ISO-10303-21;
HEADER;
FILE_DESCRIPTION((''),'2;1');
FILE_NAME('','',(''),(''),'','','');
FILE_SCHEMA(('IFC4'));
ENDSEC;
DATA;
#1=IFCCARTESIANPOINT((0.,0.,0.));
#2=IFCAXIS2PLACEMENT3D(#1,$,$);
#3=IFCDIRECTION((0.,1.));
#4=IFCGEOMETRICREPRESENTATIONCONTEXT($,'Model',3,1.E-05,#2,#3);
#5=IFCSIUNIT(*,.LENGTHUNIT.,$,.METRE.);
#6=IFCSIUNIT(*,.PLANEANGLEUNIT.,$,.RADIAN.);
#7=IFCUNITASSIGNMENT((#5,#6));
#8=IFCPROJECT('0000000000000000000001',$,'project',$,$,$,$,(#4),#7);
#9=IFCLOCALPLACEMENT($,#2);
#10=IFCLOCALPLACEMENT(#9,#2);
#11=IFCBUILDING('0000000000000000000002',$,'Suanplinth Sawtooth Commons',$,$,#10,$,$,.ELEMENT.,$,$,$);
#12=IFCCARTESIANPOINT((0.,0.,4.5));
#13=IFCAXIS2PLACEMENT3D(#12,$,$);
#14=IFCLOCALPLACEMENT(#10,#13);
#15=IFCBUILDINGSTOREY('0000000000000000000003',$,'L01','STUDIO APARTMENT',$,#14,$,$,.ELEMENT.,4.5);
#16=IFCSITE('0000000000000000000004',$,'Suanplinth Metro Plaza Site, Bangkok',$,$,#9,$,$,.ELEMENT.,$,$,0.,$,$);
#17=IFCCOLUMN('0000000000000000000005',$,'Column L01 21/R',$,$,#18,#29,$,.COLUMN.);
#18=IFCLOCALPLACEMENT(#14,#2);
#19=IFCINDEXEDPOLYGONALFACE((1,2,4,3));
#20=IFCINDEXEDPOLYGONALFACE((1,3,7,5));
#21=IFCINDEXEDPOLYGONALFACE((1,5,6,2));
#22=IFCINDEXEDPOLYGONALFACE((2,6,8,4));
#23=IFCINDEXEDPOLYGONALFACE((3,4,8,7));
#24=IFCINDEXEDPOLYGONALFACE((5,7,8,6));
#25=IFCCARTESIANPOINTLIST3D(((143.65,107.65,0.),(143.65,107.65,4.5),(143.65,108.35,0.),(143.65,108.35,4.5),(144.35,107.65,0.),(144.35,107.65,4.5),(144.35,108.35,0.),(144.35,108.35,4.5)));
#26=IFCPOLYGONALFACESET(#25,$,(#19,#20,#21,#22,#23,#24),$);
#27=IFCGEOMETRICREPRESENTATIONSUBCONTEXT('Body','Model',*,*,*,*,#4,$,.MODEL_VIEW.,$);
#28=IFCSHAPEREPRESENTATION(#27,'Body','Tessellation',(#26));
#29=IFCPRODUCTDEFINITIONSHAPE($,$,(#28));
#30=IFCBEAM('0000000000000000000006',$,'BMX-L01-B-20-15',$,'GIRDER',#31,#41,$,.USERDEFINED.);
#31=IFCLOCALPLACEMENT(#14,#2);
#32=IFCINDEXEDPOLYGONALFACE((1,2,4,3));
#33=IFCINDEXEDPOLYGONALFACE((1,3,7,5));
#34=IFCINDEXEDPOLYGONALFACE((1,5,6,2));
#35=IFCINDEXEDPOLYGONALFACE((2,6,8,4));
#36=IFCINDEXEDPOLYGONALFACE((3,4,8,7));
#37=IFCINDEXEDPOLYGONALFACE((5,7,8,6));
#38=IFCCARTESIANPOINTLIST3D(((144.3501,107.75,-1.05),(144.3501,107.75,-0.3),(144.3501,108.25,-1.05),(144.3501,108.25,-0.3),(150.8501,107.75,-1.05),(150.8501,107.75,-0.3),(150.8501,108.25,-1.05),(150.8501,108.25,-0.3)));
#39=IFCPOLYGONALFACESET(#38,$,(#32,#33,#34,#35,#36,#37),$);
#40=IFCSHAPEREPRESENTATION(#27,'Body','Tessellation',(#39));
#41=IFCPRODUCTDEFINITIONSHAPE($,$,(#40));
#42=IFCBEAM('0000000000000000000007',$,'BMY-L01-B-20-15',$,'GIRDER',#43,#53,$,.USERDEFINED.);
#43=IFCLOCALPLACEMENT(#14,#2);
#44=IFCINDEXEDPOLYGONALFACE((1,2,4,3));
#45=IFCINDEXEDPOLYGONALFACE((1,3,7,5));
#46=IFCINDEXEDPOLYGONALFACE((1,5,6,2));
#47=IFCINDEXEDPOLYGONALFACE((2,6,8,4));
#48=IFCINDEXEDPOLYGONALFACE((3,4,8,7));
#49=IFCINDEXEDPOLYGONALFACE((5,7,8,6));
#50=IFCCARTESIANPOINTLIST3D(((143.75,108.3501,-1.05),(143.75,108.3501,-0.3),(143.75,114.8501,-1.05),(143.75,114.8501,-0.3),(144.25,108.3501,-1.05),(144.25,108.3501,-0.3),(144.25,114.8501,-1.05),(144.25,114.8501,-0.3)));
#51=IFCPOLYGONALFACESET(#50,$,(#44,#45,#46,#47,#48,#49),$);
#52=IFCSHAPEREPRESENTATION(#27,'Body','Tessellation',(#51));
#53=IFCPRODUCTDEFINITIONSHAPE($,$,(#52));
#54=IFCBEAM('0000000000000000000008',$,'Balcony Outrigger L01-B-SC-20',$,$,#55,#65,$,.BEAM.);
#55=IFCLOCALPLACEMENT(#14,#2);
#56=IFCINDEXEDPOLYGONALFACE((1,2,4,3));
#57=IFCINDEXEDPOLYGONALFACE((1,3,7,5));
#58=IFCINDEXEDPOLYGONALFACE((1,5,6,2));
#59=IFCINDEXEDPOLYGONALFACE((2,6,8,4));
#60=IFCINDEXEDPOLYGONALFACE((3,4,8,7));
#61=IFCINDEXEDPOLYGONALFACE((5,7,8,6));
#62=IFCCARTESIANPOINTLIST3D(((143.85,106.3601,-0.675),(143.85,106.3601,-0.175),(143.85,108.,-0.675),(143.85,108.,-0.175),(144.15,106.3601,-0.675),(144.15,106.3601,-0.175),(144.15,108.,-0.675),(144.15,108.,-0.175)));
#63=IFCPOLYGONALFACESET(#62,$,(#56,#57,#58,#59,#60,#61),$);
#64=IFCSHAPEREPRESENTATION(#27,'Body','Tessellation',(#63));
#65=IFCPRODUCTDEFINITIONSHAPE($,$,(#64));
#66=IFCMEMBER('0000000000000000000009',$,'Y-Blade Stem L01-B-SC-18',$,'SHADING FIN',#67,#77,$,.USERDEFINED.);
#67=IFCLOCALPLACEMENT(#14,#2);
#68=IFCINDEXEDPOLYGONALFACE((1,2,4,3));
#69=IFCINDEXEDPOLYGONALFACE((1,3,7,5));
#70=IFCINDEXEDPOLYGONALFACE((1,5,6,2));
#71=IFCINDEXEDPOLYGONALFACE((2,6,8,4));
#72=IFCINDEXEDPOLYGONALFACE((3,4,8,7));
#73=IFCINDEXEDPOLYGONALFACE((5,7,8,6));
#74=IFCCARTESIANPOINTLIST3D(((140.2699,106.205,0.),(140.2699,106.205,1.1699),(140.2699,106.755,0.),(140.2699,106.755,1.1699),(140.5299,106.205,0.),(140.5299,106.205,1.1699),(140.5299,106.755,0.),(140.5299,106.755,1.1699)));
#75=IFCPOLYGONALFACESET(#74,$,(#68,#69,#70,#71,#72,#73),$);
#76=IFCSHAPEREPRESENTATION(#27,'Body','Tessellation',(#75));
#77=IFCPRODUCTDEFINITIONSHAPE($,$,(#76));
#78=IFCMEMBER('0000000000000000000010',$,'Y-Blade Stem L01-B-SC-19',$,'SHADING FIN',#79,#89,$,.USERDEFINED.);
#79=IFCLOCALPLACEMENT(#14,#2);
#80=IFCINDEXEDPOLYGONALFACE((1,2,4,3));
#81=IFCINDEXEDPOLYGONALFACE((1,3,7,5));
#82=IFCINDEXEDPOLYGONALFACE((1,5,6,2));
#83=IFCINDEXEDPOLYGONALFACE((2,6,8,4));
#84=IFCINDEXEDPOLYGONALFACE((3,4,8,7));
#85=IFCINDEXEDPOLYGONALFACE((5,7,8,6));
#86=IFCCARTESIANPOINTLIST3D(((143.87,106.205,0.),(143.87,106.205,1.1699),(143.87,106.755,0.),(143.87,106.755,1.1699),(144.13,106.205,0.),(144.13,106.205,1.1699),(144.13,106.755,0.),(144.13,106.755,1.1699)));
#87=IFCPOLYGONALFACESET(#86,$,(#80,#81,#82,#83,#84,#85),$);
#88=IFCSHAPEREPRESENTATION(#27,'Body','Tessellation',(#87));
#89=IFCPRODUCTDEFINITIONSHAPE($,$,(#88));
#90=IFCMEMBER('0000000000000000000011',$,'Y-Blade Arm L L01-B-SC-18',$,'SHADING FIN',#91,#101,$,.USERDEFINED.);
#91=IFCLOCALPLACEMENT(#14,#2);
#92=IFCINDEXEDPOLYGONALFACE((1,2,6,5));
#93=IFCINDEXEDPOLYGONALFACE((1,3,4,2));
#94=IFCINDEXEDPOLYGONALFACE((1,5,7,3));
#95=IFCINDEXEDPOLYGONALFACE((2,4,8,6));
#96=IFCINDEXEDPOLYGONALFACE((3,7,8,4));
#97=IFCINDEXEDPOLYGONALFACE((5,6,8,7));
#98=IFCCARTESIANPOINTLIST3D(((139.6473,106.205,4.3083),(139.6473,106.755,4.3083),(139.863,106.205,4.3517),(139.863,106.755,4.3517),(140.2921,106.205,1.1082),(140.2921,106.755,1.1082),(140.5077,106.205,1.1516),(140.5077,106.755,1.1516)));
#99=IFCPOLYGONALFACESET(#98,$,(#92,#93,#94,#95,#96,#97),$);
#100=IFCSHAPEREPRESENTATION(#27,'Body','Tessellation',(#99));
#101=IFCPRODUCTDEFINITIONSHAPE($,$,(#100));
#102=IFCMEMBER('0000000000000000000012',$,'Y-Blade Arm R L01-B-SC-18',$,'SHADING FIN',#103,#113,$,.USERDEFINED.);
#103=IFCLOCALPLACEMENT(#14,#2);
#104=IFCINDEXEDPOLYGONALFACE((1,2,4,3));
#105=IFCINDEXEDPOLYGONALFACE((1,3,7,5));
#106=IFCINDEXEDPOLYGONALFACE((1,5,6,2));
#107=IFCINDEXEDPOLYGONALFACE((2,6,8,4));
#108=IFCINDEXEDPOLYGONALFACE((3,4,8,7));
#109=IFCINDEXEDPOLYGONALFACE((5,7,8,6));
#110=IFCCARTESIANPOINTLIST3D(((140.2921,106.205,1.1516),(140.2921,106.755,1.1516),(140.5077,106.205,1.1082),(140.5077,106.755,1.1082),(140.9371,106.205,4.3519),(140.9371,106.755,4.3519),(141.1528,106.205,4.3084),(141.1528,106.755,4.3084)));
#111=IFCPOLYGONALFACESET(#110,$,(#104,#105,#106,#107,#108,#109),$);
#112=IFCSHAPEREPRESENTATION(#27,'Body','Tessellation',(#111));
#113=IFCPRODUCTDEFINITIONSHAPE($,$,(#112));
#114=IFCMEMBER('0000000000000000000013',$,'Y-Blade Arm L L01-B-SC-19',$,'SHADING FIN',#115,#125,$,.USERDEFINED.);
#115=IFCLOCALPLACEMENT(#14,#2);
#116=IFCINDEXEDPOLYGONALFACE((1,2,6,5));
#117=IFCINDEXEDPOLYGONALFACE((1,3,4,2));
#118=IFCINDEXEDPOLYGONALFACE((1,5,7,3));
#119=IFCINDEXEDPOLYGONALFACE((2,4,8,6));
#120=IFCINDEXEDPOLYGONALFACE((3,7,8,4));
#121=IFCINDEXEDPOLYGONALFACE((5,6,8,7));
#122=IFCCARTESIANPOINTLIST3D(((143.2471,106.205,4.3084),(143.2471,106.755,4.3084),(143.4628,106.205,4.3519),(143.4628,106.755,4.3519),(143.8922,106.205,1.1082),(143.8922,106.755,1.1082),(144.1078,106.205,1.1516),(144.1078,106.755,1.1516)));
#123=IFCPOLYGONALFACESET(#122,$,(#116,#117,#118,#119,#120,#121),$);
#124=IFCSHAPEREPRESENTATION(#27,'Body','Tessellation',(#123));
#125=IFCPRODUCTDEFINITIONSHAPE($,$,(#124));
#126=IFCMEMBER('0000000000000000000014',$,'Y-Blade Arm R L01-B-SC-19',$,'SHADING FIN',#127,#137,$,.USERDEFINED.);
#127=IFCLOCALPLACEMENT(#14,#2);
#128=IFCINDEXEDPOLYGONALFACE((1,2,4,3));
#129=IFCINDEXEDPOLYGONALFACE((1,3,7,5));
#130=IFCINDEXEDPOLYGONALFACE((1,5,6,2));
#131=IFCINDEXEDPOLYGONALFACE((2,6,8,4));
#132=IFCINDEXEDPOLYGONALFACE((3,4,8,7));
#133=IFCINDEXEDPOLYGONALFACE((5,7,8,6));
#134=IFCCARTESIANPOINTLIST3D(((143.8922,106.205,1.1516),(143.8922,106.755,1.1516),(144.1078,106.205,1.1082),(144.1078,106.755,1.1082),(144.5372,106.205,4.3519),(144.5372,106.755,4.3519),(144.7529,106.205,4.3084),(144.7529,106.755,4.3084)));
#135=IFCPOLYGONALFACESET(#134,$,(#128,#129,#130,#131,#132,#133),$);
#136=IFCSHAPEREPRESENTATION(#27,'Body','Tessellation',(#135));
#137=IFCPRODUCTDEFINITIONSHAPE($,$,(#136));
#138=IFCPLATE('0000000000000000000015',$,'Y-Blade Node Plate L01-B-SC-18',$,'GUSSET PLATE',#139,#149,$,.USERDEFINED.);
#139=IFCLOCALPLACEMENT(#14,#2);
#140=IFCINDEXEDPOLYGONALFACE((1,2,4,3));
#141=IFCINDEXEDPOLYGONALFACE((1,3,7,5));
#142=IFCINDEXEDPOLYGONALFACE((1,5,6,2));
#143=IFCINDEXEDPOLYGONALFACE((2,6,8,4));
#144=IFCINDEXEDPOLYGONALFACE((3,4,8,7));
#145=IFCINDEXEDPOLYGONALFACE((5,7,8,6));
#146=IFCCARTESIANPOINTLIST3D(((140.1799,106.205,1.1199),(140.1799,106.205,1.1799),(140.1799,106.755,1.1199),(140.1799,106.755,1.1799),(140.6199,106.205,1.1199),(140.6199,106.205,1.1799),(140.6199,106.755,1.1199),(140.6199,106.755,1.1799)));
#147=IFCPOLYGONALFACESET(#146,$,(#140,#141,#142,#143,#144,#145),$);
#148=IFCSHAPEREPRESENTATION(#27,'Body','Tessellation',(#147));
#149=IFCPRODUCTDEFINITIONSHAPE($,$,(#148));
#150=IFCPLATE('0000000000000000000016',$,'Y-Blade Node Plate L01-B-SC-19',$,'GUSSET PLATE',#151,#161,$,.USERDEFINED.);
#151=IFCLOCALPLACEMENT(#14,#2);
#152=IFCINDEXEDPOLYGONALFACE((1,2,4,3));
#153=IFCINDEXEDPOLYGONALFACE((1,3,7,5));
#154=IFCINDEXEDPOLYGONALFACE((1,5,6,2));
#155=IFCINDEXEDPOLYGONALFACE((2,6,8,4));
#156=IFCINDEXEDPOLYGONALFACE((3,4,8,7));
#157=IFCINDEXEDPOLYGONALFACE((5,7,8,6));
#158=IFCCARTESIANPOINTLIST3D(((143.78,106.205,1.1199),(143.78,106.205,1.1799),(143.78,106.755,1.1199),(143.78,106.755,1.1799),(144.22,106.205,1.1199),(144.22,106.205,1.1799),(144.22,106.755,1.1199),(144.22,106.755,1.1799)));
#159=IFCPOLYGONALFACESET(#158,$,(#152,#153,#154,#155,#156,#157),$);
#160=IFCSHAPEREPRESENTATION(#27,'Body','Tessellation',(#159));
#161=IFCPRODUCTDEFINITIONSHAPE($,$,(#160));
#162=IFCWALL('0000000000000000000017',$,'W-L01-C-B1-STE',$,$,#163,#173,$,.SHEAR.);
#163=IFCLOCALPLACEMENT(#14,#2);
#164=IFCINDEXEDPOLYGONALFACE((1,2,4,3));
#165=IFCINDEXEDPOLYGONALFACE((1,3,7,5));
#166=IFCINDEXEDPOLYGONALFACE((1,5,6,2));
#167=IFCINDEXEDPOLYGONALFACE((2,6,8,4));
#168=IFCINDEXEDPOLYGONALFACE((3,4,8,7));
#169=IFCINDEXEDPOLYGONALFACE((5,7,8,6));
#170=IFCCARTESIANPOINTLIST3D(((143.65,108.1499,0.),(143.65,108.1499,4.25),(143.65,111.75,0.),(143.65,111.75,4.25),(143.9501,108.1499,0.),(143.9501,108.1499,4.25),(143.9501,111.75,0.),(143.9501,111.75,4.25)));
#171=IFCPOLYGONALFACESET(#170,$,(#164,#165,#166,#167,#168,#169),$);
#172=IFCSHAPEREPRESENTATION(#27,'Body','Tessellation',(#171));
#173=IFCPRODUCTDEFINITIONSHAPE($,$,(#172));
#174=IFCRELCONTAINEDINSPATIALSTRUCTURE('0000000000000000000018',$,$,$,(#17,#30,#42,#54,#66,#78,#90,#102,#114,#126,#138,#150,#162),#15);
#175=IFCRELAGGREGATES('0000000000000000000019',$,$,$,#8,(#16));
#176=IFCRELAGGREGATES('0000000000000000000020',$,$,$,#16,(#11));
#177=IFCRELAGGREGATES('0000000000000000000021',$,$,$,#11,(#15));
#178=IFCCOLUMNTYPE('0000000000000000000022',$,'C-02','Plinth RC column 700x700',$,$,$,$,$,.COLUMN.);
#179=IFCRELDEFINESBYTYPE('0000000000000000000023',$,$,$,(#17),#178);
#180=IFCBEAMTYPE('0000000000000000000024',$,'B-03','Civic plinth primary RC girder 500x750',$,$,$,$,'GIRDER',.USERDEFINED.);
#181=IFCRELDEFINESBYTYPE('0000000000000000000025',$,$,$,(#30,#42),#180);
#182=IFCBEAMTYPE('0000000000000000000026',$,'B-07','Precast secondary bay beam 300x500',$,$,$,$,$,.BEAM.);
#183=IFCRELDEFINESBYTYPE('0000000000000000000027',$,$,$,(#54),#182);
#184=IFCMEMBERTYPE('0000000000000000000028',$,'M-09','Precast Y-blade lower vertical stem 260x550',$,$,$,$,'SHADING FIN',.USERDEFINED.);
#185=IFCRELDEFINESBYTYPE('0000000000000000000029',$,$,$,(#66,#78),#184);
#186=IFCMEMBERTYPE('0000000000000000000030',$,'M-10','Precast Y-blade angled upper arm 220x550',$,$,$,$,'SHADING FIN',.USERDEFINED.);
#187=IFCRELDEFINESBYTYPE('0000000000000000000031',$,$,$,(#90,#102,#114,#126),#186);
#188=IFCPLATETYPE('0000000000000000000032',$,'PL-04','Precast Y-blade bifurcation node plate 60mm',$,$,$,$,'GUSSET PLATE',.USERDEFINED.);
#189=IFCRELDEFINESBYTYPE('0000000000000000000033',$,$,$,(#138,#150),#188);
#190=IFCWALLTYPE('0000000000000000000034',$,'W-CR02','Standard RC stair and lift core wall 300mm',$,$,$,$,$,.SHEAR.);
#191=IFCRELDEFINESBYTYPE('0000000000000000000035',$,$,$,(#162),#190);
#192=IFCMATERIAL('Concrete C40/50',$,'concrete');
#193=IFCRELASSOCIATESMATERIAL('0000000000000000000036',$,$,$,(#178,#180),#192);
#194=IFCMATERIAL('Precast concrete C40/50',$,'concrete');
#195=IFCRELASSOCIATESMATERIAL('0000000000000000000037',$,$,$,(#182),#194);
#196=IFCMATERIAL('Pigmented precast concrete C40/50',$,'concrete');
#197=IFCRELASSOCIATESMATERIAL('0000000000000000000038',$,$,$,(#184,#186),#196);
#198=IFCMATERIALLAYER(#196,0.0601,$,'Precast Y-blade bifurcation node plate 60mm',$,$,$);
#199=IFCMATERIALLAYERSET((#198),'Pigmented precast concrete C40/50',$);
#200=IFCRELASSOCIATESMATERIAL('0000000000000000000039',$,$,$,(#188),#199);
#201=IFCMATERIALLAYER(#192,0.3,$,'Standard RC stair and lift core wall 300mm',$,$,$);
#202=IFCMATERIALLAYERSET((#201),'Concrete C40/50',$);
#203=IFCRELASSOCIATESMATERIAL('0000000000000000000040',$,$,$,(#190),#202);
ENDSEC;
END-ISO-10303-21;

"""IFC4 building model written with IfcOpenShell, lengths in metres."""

from ifc_helpers import new_model, si_unit, direction, frame, frame_2d, origin, origin_2d, place, context, subcontext, project, spatial, rectangle, extrude, material, layer, layer_set, material_profile, profile_set, type_object, element, save


model = new_model("IFC4")

# Units and contexts
model_context = context("Model", 3, precision=1e-05, world=origin(), true_north=direction((0.0, 1.0)))
body_context = subcontext(model_context, "Body", "Model", "MODEL_VIEW")
ifc_project = project(units=[si_unit("LENGTHUNIT", "METRE"), si_unit("PLANEANGLEUNIT", "RADIAN")], contexts=[model_context])

# Site, building, storey
site_placement = place(None, origin())
site = spatial("IfcSite", under=ifc_project, at=site_placement, Name="Suanplinth Metro Plaza Site, Bangkok", CompositionType="ELEMENT", RefElevation=0.0)
building_placement = place(site_placement, origin())
building = spatial("IfcBuilding", under=site, at=building_placement, Name="Suanplinth Sawtooth Commons", CompositionType="ELEMENT")
storey_placement = place(building_placement, frame((0.0, 0.0, 4.5)))
storey = spatial("IfcBuildingStorey", under=building, at=storey_placement, Name="L01", Description="STUDIO APARTMENT", CompositionType="ELEMENT", Elevation=4.5)

# Column
ifc_material_1 = material(Name="Concrete C40/50", Category="concrete")
ifc_material_profile_1 = material_profile(ifc_material_1, rectangle(XDim=0.7, YDim=0.7, at=origin_2d()), Name="RC-COL 700x700")
ifc_profile_set_1 = profile_set([ifc_material_profile_1], Name="Concrete C40/50")
column_type = type_object("IfcColumnType", Name="C-02", Description="Plinth RC column 700x700", PredefinedType="COLUMN", material=ifc_profile_set_1)
column_placement = place(storey_placement, frame((144.0, 108.0, 0.0), z_axis=(0.0, 0.0, 1.0), x_axis=(1.0, 0.0, 0.0)))
element("IfcColumn", 1, at=column_placement, inside=storey, type_object=column_type, Name="Column L01 21/R", PredefinedType="COLUMN", context=body_context, shape_type="SweptSolid", body=[
    extrude(rectangle(XDim=0.7, YDim=0.7, at=origin_2d()), origin(), (0.0, 0.0, 1.0), 4.5),
])

# Beams
ifc_material_profile_2 = material_profile(ifc_material_1, rectangle(XDim=0.5, YDim=0.75, at=origin_2d()), Name="RC-GDR 500x750")
ifc_profile_set_2 = profile_set([ifc_material_profile_2], Name="Concrete C40/50")
beam_type_1 = type_object("IfcBeamType", Name="B-03", Description="Civic plinth primary RC girder 500x750", ElementType="GIRDER", PredefinedType="USERDEFINED", material=ifc_profile_set_2)
for number, where, z_axis, x_axis, name in (
    (2, (144.3501, 108.0, -0.675), (1.0, 0.0, 0.0), (0.0, 1.0, 0.0), "BMX-L01-B-20-15"),
    (3, (144.0, 108.3501, -0.675), (0.0, 1.0, 0.0), (-1.0, 0.0, 0.0), "BMY-L01-B-20-15"),
):
    element("IfcBeam", number, at=place(storey_placement, frame(where, z_axis=z_axis, x_axis=x_axis)), inside=storey, type_object=beam_type_1, Name=name, ObjectType="GIRDER", PredefinedType="USERDEFINED", context=body_context, shape_type="SweptSolid", body=[
        extrude(rectangle(XDim=0.5, YDim=0.75, at=origin_2d()), origin(), (0.0, 0.0, 1.0), 6.5),
    ])
ifc_material_2 = material(Name="Precast concrete C40/50", Category="concrete")
ifc_material_profile_3 = material_profile(ifc_material_2, rectangle(XDim=0.3, YDim=0.5, at=origin_2d()), Name="PC-BM 300x500")
ifc_profile_set_3 = profile_set([ifc_material_profile_3], Name="Precast concrete C40/50")
beam_type_2 = type_object("IfcBeamType", Name="B-07", Description="Precast secondary bay beam 300x500", PredefinedType="BEAM", material=ifc_profile_set_3)
beam_placement = place(storey_placement, frame((144.0, 108.0, -0.425), z_axis=(0.0, -1.0, 0.0), x_axis=(1.0, 0.0, 0.0)))
element("IfcBeam", 4, at=beam_placement, inside=storey, type_object=beam_type_2, Name="Balcony Outrigger L01-B-SC-20", PredefinedType="BEAM", context=body_context, shape_type="SweptSolid", body=[
    extrude(rectangle(XDim=0.3, YDim=0.5, at=origin_2d()), origin(), (0.0, 0.0, 1.0), 1.6399),
])

# Members
ifc_material_3 = material(Name="Pigmented precast concrete C40/50", Category="concrete")
ifc_material_profile_4 = material_profile(ifc_material_3, rectangle(XDim=0.26, YDim=0.55, at=origin_2d()), Name="PC-FIN 260x550")
ifc_profile_set_4 = profile_set([ifc_material_profile_4], Name="Pigmented precast concrete C40/50")
member_type_1 = type_object("IfcMemberType", Name="M-09", Description="Precast Y-blade lower vertical stem 260x550", ElementType="SHADING FIN", PredefinedType="USERDEFINED", material=ifc_profile_set_4)
for number, where, z_axis, x_axis, name in (
    (5, (140.3999, 106.48, 0.0), (0.0, 0.0, 1.0), (1.0, 0.0, 0.0), "Y-Blade Stem L01-B-SC-18"),
    (6, (144.0, 106.48, 0.0), (0.0, 0.0, 1.0), (1.0, 0.0, 0.0), "Y-Blade Stem L01-B-SC-19"),
):
    element("IfcMember", number, at=place(storey_placement, frame(where, z_axis=z_axis, x_axis=x_axis)), inside=storey, type_object=member_type_1, Name=name, ObjectType="SHADING FIN", PredefinedType="USERDEFINED", context=body_context, shape_type="SweptSolid", body=[
        extrude(rectangle(XDim=0.26, YDim=0.55, at=origin_2d()), origin(), (0.0, 0.0, 1.0), 1.1699),
    ])
ifc_material_profile_5 = material_profile(ifc_material_3, rectangle(XDim=0.22, YDim=0.55, at=origin_2d()), Name="PC-FIN 220x550")
ifc_profile_set_5 = profile_set([ifc_material_profile_5], Name="Pigmented precast concrete C40/50")
member_type_2 = type_object("IfcMemberType", Name="M-10", Description="Precast Y-blade angled upper arm 220x550", ElementType="SHADING FIN", PredefinedType="USERDEFINED", material=ifc_profile_set_5)
member_placement = place(storey_placement, frame((140.3999, 106.48, 1.1299), z_axis=(-0.197511, 0.0, 0.980301), x_axis=(0.980301, 0.0, 0.197511)))
element("IfcMember", 7, at=member_placement, inside=storey, type_object=member_type_2, Name="Y-Blade Arm L L01-B-SC-18", ObjectType="SHADING FIN", PredefinedType="USERDEFINED", context=body_context, shape_type="SweptSolid", body=[
    extrude(rectangle(XDim=0.22, YDim=0.55, at=origin_2d()), origin(), (0.0, 0.0, 1.0), 3.2644),
])
for number, where, z_axis, x_axis, name in (
    (8, (140.3999, 106.48, 1.1299), (0.197583, 0.0, 0.980286), (-0.980286, 0.0, 0.197583), "Y-Blade Arm R L01-B-SC-18"),
    (9, (144.0, 106.48, 1.1299), (-0.197583, 0.0, 0.980286), (0.980286, 0.0, 0.197583), "Y-Blade Arm L L01-B-SC-19"),
    (10, (144.0, 106.48, 1.1299), (0.197583, 0.0, 0.980286), (-0.980286, 0.0, 0.197583), "Y-Blade Arm R L01-B-SC-19"),
):
    element("IfcMember", number, at=place(storey_placement, frame(where, z_axis=z_axis, x_axis=x_axis)), inside=storey, type_object=member_type_2, Name=name, ObjectType="SHADING FIN", PredefinedType="USERDEFINED", context=body_context, shape_type="SweptSolid", body=[
        extrude(rectangle(XDim=0.22, YDim=0.55, at=origin_2d()), origin(), (0.0, 0.0, 1.0), 3.2646),
    ])

# Plates
ifc_layer_1 = layer(ifc_material_3, 0.0601, Name="Precast Y-blade bifurcation node plate 60mm")
ifc_layer_set_1 = layer_set([ifc_layer_1], Name="Pigmented precast concrete C40/50")
plate_type = type_object("IfcPlateType", Name="PL-04", Description="Precast Y-blade bifurcation node plate 60mm", ElementType="GUSSET PLATE", PredefinedType="USERDEFINED", material=ifc_layer_set_1)
for number, where, z_axis, x_axis, name in (
    (11, (140.3999, 106.48, 1.1199), (0.0, 0.0, 1.0), (1.0, 0.0, 0.0), "Y-Blade Node Plate L01-B-SC-18"),
    (12, (144.0, 106.48, 1.1199), (0.0, 0.0, 1.0), (1.0, 0.0, 0.0), "Y-Blade Node Plate L01-B-SC-19"),
):
    element("IfcPlate", number, at=place(storey_placement, frame(where, z_axis=z_axis, x_axis=x_axis)), inside=storey, type_object=plate_type, Name=name, ObjectType="GUSSET PLATE", PredefinedType="USERDEFINED", context=body_context, shape_type="SweptSolid", body=[
        extrude(rectangle(XDim=0.4399, YDim=0.55, at=origin_2d()), origin(), (0.0, 0.0, 1.0), 0.0601),
    ])

# Wall
ifc_layer_2 = layer(ifc_material_1, 0.3, Name="Standard RC stair and lift core wall 300mm")
ifc_layer_set_2 = layer_set([ifc_layer_2], Name="Concrete C40/50")
wall_type_1 = type_object("IfcWallType", Name="W-CR02", Description="Standard RC stair and lift core wall 300mm", PredefinedType="SHEAR", material=ifc_layer_set_2)
wall_1_placement = place(storey_placement, frame((143.8, 108.1499, 0.0), z_axis=(0.0, 0.0, 1.0), x_axis=(0.0, 1.0, 0.0)))
element("IfcWall", 13, at=wall_1_placement, inside=storey, type_object=wall_type_1, Name="W-L01-C-B1-STE", PredefinedType="SHEAR", context=body_context, shape_type="SweptSolid", body=[
    extrude(rectangle(XDim=3.6001, YDim=0.3, at=frame_2d((1.8, 0.0))), origin(), (0.0, 0.0, 1.0), 4.25),
])

save(model, "model.ifc")
